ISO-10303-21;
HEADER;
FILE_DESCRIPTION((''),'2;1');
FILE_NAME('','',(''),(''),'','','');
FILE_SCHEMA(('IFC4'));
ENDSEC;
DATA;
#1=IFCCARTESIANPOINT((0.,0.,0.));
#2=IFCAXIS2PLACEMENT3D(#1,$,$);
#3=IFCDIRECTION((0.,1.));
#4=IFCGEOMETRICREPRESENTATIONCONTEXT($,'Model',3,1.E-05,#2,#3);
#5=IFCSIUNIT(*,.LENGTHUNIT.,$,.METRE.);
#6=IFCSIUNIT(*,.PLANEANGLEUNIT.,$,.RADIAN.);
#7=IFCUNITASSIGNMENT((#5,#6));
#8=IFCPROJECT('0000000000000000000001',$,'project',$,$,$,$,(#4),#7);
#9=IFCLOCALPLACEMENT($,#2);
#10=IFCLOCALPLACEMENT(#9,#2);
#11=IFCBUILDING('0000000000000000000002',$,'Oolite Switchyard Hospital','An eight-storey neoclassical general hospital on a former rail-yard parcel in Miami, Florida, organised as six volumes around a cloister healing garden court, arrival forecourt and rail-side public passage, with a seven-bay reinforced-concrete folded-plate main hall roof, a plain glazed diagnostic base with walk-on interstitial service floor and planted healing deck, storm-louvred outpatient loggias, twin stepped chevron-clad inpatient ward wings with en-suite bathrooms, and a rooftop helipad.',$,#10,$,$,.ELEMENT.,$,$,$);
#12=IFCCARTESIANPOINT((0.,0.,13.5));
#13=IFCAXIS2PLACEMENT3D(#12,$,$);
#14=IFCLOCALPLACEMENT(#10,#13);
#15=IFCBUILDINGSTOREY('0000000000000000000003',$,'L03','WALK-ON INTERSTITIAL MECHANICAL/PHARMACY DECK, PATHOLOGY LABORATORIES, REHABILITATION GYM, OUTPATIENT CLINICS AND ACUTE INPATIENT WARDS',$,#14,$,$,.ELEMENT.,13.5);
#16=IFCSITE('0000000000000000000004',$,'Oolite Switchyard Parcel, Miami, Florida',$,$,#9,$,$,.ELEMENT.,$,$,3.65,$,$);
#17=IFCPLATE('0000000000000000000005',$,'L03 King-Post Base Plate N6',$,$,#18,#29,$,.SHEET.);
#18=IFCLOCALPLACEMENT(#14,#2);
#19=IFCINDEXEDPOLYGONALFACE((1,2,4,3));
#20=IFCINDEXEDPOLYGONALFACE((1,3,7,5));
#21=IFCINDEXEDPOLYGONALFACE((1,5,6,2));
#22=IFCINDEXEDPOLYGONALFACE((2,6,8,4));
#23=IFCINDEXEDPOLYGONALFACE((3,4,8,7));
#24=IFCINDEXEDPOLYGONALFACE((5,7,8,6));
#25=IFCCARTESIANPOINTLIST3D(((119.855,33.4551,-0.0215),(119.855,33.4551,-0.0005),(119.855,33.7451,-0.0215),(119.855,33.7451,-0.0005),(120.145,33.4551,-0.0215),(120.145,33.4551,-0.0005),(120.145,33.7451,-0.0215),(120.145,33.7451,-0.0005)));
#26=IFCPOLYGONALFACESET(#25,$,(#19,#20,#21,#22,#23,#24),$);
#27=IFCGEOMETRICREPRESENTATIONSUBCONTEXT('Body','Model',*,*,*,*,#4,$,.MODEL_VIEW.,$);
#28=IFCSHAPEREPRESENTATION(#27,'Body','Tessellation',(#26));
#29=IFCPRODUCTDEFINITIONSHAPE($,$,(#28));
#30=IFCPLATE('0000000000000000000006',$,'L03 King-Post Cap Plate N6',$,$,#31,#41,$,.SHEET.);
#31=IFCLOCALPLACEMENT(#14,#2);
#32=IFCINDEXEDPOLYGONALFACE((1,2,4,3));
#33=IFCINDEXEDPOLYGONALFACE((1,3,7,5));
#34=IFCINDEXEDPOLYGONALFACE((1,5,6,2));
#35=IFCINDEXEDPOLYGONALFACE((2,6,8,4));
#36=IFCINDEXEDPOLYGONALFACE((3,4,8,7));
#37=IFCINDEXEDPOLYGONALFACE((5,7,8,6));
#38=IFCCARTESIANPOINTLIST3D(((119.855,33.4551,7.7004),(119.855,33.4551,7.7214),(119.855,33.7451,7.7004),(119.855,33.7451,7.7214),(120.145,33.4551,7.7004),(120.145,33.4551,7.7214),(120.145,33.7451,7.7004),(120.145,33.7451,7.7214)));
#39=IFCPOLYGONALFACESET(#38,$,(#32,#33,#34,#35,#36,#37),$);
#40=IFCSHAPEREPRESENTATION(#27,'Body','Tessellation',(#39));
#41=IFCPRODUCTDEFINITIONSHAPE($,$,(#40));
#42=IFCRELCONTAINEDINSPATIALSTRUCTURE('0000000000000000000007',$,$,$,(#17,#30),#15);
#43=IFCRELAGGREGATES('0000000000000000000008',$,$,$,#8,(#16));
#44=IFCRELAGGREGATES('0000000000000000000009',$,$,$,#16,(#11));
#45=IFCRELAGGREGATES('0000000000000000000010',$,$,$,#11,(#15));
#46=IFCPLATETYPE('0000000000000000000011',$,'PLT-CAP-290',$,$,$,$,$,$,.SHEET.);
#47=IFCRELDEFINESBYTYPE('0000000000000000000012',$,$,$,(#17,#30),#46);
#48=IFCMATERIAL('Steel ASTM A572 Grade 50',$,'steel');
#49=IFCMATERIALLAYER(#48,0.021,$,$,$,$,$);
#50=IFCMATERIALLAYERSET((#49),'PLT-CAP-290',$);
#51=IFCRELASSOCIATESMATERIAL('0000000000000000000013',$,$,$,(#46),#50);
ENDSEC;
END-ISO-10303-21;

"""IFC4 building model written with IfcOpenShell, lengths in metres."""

from ifc_helpers import new_model, si_unit, direction, frame, origin, origin_2d, place, context, subcontext, project, spatial, rectangle, extrude, material, layer, layer_set, type_object, element, save


model = new_model("IFC4")

# Units and contexts
model_context = context("Model", 3, precision=1e-05, world=origin(), true_north=direction((0.0, 1.0)))
body_context = subcontext(model_context, "Body", "Model", "MODEL_VIEW")
ifc_project = project(units=[si_unit("LENGTHUNIT", "METRE"), si_unit("PLANEANGLEUNIT", "RADIAN")], contexts=[model_context])

# Site, building, storey
site_placement = place(None, origin())
site = spatial("IfcSite", under=ifc_project, at=site_placement, Name="Oolite Switchyard Parcel, Miami, Florida", CompositionType="ELEMENT", RefElevation=3.65)
building_placement = place(site_placement, origin())
building = spatial("IfcBuilding", under=site, at=building_placement, Name="Oolite Switchyard Hospital", Description="An eight-storey neoclassical general hospital on a former rail-yard parcel in Miami, Florida, organised as six volumes around a cloister healing garden court, arrival forecourt and rail-side public passage, with a seven-bay reinforced-concrete folded-plate main hall roof, a plain glazed diagnostic base with walk-on interstitial service floor and planted healing deck, storm-louvred outpatient loggias, twin stepped chevron-clad inpatient ward wings with en-suite bathrooms, and a rooftop helipad.", CompositionType="ELEMENT")
storey_placement = place(building_placement, frame((0.0, 0.0, 13.5)))
storey = spatial("IfcBuildingStorey", under=building, at=storey_placement, Name="L03", Description="WALK-ON INTERSTITIAL MECHANICAL/PHARMACY DECK, PATHOLOGY LABORATORIES, REHABILITATION GYM, OUTPATIENT CLINICS AND ACUTE INPATIENT WARDS", CompositionType="ELEMENT", Elevation=13.5)

# Plates
ifc_material_1 = material(Name="Steel ASTM A572 Grade 50", Category="steel")
ifc_layer = layer(ifc_material_1, 0.021)
ifc_layer_set = layer_set([ifc_layer], Name="PLT-CAP-290")
plate_type = type_object("IfcPlateType", Name="PLT-CAP-290", PredefinedType="SHEET", material=ifc_layer_set)
for number, where, z_axis, x_axis, name in (
    (1, (120.0, 33.6001, -0.0215), (0.0, 0.0, 1.0), (1.0, 0.0, 0.0), "L03 King-Post Base Plate N6"),
    (2, (120.0, 33.6001, 7.7004), (0.0, 0.0, 1.0), (1.0, 0.0, 0.0), "L03 King-Post Cap Plate N6"),
):
    element("IfcPlate", number, at=place(storey_placement, frame(where, z_axis=z_axis, x_axis=x_axis)), inside=storey, type_object=plate_type, Name=name, PredefinedType="SHEET", context=body_context, shape_type="SweptSolid", body=[
        extrude(rectangle(XDim=0.29, YDim=0.29, at=origin_2d()), origin(), (0.0, 0.0, 1.0), 0.021),
    ])

save(model, "model.ifc")
